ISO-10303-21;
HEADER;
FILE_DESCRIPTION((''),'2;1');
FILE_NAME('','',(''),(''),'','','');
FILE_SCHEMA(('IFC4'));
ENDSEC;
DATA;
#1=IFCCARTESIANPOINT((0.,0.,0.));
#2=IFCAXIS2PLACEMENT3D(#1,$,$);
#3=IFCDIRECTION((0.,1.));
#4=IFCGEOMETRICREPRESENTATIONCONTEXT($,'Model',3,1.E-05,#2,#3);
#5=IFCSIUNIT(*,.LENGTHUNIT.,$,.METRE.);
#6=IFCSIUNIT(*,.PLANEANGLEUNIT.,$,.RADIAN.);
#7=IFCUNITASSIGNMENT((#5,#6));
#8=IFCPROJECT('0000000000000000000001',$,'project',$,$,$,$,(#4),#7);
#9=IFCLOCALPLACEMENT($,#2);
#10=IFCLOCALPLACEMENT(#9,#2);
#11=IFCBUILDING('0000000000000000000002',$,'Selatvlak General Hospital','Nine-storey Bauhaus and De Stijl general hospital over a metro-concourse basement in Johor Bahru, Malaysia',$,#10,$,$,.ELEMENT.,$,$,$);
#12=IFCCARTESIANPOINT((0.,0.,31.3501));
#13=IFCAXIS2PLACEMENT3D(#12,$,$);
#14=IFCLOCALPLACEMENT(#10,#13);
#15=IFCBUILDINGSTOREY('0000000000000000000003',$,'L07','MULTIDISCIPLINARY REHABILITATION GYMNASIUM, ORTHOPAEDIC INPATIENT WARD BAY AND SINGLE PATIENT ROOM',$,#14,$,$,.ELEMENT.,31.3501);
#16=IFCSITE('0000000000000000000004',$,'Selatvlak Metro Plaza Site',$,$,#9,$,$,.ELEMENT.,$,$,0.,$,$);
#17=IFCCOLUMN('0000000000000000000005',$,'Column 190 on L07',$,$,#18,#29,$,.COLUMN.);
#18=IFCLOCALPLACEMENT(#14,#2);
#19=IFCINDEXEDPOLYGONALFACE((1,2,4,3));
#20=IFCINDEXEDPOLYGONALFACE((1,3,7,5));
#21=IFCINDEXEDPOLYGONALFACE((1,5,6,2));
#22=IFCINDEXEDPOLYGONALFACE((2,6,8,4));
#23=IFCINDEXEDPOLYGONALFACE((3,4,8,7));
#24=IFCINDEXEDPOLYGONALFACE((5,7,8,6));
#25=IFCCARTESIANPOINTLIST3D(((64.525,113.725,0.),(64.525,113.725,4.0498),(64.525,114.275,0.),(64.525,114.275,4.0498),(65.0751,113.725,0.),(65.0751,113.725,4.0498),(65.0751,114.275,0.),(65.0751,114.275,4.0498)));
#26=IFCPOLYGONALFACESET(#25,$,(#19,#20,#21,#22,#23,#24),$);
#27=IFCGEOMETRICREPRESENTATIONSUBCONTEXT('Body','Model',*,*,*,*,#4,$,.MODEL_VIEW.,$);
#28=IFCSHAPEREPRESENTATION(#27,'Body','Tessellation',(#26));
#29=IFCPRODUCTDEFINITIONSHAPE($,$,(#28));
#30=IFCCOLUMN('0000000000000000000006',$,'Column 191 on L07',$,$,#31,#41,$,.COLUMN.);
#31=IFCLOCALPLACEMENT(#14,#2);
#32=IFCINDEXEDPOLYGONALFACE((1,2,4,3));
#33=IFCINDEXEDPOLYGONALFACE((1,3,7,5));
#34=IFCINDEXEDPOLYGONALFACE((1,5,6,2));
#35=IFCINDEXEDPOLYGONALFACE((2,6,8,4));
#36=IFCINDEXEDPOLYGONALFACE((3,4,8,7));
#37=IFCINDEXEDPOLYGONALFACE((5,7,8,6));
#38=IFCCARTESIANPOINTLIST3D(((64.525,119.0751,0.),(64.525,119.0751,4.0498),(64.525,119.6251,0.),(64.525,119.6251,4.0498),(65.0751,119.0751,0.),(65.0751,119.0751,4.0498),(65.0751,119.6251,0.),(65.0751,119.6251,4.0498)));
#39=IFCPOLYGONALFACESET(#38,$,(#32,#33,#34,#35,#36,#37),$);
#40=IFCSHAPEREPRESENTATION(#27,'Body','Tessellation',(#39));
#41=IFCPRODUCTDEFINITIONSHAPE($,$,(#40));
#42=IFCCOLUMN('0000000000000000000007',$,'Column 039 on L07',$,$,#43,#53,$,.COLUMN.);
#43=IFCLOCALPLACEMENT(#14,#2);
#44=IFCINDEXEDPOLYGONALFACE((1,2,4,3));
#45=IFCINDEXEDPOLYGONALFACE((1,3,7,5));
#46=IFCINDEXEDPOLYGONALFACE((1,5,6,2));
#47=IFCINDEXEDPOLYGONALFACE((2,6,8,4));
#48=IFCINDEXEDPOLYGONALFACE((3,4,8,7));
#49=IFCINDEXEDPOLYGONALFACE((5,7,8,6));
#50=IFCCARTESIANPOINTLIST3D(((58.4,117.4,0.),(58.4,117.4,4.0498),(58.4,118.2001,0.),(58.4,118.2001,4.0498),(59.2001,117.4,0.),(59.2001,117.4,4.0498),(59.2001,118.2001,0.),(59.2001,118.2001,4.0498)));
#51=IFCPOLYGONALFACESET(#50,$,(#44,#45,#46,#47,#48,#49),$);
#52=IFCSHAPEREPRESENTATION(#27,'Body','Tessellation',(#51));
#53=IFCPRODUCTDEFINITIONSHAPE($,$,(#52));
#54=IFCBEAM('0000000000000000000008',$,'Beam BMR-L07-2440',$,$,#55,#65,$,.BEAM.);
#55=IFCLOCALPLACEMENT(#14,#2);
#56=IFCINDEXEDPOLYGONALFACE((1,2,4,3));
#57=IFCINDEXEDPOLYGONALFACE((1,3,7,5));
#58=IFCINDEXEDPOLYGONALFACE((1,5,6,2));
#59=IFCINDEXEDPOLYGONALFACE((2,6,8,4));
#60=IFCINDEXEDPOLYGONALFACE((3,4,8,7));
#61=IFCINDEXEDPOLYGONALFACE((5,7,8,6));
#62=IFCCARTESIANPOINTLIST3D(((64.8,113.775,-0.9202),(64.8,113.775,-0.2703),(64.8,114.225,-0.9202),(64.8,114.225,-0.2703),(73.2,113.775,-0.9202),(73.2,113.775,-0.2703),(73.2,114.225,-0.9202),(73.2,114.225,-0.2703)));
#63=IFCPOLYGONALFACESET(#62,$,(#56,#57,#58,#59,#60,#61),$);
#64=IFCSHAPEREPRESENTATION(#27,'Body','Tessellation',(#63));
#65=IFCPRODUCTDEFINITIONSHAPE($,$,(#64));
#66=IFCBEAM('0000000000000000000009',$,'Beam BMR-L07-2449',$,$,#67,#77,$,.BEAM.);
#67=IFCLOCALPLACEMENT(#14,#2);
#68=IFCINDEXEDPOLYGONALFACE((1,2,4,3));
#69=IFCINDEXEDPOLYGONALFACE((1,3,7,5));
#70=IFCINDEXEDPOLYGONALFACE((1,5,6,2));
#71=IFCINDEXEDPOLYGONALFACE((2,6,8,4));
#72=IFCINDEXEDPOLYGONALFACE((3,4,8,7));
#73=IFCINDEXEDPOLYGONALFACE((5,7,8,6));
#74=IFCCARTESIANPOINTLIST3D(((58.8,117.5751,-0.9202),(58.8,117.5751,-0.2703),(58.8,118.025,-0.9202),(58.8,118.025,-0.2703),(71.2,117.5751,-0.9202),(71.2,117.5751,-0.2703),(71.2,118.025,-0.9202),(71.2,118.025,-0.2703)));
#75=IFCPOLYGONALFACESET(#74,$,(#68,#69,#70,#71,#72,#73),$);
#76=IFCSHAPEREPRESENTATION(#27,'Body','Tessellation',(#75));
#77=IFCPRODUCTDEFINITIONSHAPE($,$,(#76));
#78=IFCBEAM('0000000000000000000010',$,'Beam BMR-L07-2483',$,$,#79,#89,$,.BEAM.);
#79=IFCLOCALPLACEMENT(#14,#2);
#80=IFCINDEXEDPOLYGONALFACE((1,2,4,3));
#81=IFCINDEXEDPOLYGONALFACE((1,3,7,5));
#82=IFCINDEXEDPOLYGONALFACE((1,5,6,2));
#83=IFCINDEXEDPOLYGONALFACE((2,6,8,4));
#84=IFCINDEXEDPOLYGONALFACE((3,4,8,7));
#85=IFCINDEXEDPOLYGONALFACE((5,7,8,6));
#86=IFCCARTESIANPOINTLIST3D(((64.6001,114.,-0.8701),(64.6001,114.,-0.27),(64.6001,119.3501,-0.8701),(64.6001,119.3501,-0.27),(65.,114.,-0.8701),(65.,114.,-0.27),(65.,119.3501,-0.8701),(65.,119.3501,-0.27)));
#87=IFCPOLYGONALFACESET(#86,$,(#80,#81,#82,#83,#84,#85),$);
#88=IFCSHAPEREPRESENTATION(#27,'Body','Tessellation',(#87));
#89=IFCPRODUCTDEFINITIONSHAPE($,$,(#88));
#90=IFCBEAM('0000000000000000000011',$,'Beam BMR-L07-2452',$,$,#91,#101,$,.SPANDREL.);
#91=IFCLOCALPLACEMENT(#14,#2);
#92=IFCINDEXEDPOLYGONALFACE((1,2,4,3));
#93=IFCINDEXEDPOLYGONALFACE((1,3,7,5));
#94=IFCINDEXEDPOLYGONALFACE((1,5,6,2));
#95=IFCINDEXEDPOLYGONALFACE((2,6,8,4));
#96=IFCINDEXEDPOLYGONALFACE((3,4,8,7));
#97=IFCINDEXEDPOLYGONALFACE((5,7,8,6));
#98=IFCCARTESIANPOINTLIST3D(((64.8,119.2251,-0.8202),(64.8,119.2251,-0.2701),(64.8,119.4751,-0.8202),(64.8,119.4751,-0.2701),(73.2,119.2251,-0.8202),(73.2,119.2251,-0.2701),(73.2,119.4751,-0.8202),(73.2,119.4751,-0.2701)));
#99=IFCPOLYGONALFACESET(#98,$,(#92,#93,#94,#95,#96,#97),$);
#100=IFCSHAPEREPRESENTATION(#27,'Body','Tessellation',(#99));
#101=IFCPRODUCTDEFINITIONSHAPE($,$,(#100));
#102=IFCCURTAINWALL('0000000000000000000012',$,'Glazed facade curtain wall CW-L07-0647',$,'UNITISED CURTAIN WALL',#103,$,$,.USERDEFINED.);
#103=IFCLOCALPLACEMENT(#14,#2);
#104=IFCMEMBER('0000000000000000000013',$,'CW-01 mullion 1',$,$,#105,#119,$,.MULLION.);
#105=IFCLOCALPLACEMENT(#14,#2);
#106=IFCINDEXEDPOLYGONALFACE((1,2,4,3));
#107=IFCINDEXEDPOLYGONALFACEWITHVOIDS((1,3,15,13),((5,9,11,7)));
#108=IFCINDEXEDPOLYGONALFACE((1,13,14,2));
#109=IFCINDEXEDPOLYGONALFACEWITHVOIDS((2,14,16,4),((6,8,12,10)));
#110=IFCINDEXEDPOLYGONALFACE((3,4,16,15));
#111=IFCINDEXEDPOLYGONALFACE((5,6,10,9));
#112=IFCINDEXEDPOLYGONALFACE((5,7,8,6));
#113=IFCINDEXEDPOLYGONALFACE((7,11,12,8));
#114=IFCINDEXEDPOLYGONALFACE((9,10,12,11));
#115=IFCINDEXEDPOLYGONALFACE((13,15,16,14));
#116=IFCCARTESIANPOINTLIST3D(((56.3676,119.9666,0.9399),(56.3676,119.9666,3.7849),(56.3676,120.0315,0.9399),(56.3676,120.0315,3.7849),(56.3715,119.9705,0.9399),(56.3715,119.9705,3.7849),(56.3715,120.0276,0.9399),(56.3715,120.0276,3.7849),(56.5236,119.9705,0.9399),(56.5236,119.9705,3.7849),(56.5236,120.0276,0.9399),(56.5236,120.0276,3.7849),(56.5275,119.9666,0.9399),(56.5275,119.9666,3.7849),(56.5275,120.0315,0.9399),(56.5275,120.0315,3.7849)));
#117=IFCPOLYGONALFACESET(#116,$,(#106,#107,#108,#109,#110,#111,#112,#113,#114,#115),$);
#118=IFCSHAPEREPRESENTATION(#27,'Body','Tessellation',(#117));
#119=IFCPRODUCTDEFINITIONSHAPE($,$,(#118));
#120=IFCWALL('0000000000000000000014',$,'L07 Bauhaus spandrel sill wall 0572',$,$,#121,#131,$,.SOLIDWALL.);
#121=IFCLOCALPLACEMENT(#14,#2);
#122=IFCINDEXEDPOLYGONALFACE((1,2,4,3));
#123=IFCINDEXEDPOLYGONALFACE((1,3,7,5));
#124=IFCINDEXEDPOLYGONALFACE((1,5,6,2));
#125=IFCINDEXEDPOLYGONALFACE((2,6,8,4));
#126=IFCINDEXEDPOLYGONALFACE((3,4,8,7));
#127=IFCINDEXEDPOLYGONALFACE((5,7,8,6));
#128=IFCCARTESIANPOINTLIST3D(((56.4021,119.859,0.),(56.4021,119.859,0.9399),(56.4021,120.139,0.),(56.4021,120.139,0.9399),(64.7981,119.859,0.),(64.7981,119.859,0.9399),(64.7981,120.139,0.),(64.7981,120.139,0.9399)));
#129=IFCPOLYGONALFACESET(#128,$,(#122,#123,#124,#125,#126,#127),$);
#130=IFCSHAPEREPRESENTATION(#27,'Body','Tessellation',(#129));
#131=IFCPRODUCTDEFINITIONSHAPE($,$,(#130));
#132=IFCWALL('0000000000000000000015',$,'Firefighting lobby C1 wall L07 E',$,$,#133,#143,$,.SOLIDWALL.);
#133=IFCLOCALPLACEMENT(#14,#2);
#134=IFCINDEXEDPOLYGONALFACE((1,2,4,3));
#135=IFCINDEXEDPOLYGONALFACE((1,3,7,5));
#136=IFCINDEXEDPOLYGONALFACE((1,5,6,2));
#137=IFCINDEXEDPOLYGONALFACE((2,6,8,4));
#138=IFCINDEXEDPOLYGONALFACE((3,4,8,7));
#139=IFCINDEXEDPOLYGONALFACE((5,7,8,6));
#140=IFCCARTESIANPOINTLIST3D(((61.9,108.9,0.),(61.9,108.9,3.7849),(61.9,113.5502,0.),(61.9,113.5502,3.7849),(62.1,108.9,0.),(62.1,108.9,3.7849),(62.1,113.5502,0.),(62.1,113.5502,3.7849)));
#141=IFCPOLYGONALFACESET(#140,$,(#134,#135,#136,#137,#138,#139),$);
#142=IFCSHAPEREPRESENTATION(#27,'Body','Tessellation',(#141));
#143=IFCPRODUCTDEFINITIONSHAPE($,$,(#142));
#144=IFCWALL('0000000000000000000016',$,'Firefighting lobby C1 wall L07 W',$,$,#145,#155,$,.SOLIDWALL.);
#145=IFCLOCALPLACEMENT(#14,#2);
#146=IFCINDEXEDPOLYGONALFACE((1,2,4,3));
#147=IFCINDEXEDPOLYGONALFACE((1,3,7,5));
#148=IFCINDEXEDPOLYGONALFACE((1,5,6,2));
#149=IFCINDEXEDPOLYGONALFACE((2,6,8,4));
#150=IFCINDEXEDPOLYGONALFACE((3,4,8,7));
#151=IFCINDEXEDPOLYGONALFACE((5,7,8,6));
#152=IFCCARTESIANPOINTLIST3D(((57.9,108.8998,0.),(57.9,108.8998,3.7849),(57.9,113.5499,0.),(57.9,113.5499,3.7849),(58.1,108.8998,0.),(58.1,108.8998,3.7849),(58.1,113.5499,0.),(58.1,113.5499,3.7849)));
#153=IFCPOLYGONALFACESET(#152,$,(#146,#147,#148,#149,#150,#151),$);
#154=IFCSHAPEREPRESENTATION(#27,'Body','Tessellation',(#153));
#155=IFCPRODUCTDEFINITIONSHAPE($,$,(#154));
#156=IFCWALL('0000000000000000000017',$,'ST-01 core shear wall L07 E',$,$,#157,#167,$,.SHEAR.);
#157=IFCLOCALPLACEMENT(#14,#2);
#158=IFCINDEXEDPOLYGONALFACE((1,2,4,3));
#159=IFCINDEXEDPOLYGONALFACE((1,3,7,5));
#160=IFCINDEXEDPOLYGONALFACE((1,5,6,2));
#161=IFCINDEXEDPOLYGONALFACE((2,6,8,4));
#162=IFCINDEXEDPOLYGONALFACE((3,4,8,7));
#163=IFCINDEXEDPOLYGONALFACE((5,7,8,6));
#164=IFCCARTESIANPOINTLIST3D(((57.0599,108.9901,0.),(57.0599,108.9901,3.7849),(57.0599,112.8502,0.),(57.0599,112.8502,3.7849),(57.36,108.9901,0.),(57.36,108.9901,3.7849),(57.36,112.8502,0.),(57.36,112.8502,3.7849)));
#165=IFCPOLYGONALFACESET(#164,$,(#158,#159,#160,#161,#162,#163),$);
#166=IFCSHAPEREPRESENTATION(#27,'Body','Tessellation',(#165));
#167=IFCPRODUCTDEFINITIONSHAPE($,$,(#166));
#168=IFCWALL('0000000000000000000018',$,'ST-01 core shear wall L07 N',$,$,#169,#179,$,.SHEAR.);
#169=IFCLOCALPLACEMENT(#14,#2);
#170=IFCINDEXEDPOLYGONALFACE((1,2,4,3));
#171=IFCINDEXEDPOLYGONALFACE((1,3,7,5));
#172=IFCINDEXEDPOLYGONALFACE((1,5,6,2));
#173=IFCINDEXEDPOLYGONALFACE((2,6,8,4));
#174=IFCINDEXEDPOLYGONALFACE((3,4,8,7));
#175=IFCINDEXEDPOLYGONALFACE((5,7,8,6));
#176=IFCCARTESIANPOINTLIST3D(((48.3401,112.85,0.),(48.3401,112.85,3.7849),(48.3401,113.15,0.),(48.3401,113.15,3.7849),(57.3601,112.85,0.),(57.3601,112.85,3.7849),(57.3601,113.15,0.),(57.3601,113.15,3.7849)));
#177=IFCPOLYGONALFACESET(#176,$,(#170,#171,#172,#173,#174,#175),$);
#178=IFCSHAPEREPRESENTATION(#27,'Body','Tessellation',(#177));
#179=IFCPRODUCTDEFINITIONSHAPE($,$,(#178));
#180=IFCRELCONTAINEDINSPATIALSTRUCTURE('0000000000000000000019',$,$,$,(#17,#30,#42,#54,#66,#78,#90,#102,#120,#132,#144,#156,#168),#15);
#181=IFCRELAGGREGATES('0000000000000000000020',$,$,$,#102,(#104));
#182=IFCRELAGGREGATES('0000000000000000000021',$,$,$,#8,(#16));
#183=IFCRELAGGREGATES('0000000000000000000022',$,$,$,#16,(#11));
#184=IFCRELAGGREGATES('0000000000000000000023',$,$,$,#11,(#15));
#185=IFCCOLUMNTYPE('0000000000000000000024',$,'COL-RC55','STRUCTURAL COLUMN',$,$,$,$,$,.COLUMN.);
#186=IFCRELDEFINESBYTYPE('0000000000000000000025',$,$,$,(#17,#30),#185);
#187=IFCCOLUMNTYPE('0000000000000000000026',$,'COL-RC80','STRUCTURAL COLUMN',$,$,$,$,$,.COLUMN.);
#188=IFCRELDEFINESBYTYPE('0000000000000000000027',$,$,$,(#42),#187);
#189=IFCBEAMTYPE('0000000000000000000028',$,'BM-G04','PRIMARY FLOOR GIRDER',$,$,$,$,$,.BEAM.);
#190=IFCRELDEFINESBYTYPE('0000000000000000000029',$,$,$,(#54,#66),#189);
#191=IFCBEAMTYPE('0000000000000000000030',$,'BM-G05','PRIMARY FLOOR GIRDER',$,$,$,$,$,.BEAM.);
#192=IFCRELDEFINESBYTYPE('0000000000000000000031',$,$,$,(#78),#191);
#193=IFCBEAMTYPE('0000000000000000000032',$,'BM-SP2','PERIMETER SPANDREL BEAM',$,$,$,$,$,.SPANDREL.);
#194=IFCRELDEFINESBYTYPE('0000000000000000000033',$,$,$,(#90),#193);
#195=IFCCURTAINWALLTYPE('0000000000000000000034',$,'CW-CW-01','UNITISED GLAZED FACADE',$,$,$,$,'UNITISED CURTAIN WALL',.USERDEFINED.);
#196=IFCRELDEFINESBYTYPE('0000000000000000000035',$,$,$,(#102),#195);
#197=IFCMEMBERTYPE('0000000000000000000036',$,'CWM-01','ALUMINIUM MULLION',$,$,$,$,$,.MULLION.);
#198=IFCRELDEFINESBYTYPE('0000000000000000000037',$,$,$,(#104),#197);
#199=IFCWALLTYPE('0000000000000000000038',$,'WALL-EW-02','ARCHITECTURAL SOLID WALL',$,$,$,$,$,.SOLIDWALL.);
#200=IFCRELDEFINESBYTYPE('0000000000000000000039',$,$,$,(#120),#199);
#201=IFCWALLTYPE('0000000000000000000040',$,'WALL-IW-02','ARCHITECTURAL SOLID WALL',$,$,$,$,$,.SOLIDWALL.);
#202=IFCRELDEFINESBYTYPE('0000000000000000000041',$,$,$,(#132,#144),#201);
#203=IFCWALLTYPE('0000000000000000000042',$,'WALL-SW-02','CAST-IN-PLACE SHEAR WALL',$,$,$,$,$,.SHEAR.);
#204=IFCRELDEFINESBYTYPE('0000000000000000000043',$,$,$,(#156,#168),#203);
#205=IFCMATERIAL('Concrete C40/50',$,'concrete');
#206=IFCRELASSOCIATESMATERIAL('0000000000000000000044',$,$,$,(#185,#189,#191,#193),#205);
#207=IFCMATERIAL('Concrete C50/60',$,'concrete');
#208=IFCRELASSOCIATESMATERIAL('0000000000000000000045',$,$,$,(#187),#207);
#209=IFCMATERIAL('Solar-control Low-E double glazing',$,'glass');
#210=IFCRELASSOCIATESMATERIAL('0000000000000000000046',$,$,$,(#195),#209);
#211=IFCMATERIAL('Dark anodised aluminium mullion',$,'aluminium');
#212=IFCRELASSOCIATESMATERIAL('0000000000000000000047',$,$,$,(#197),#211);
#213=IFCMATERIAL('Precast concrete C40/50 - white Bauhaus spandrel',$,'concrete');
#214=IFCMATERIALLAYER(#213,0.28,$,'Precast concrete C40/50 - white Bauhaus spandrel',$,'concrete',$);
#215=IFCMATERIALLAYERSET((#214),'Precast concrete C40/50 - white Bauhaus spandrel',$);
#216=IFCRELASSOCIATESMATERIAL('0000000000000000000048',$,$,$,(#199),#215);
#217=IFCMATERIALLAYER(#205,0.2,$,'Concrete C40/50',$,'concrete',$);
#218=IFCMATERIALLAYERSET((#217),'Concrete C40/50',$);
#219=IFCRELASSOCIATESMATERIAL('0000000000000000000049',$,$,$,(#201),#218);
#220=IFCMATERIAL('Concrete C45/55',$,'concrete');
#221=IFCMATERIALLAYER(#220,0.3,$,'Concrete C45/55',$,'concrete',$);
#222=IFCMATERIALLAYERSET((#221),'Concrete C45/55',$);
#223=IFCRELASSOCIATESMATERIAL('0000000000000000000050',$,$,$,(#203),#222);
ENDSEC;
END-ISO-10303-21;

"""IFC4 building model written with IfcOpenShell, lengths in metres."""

from ifc_helpers import new_model, si_unit, direction, frame, frame_2d, origin, origin_2d, place, context, subcontext, project, spatial, rectangle, hollow_rectangle, extrude, material, layer, layer_set, material_profile, profile_set, type_object, element, aggregate, save


model = new_model("IFC4")

# Units and contexts
model_context = context("Model", 3, precision=1e-05, world=origin(), true_north=direction((0.0, 1.0)))
body_context = subcontext(model_context, "Body", "Model", "MODEL_VIEW")
ifc_project = project(units=[si_unit("LENGTHUNIT", "METRE"), si_unit("PLANEANGLEUNIT", "RADIAN")], contexts=[model_context])

# Site, building, storey
site_placement = place(None, origin())
site = spatial("IfcSite", under=ifc_project, at=site_placement, Name="Selatvlak Metro Plaza Site", CompositionType="ELEMENT", RefElevation=0.0)
building_placement = place(site_placement, origin())
building = spatial("IfcBuilding", under=site, at=building_placement, Name="Selatvlak General Hospital", Description="Nine-storey Bauhaus and De Stijl general hospital over a metro-concourse basement in Johor Bahru, Malaysia", CompositionType="ELEMENT")
storey_placement = place(building_placement, frame((0.0, 0.0, 31.3501)))
storey = spatial("IfcBuildingStorey", under=building, at=storey_placement, Name="L07", Description="MULTIDISCIPLINARY REHABILITATION GYMNASIUM, ORTHOPAEDIC INPATIENT WARD BAY AND SINGLE PATIENT ROOM", CompositionType="ELEMENT", Elevation=31.3501)

# Columns
ifc_material_1 = material(Name="Concrete C40/50", Category="concrete")
ifc_material_profile_1 = material_profile(ifc_material_1, rectangle(XDim=0.55, YDim=0.55, at=origin_2d()), Name="RC-COL 550x550")
ifc_profile_set_1 = profile_set([ifc_material_profile_1], Name="Concrete C40/50")
column_type_1 = type_object("IfcColumnType", Name="COL-RC55", Description="STRUCTURAL COLUMN", PredefinedType="COLUMN", material=ifc_profile_set_1)
for number, where, z_axis, x_axis, name in (
    (1, (64.8, 114.0, 0.0), (0.0, 0.0, 1.0), (1.0, 0.0, 0.0), "Column 190 on L07"),
    (2, (64.8, 119.3501, 0.0), (0.0, 0.0, 1.0), (1.0, 0.0, 0.0), "Column 191 on L07"),
):
    element("IfcColumn", number, at=place(storey_placement, frame(where, z_axis=z_axis, x_axis=x_axis)), inside=storey, type_object=column_type_1, Name=name, PredefinedType="COLUMN", context=body_context, shape_type="SweptSolid", body=[
        extrude(rectangle(XDim=0.55, YDim=0.55, at=origin_2d()), origin(), (0.0, 0.0, 1.0), 4.0498),
    ])
ifc_material_2 = material(Name="Concrete C50/60", Category="concrete")
ifc_material_profile_2 = material_profile(ifc_material_2, rectangle(XDim=0.8, YDim=0.8, at=origin_2d()), Name="RC-COL 800x800")
ifc_profile_set_2 = profile_set([ifc_material_profile_2], Name="Concrete C50/60")
column_type_2 = type_object("IfcColumnType", Name="COL-RC80", Description="STRUCTURAL COLUMN", PredefinedType="COLUMN", material=ifc_profile_set_2)
column_placement = place(storey_placement, frame((58.8, 117.8, 0.0), z_axis=(0.0, 0.0, 1.0), x_axis=(1.0, 0.0, 0.0)))
element("IfcColumn", 3, at=column_placement, inside=storey, type_object=column_type_2, Name="Column 039 on L07", PredefinedType="COLUMN", context=body_context, shape_type="SweptSolid", body=[
    extrude(rectangle(XDim=0.8, YDim=0.8, at=origin_2d()), origin(), (0.0, 0.0, 1.0), 4.0498),
])

# Beams
ifc_material_profile_3 = material_profile(ifc_material_1, rectangle(XDim=0.45, YDim=0.6499, at=origin_2d()), Name="RC-BM 450x650")
ifc_profile_set_3 = profile_set([ifc_material_profile_3], Name="Concrete C40/50")
beam_type_1 = type_object("IfcBeamType", Name="BM-G04", Description="PRIMARY FLOOR GIRDER", PredefinedType="BEAM", material=ifc_profile_set_3)
beam_1_placement = place(storey_placement, frame((64.8, 114.0, -0.5952), z_axis=(1.0, 0.0, 0.0), x_axis=(0.0, 1.0, 0.0)))
element("IfcBeam", 4, at=beam_1_placement, inside=storey, type_object=beam_type_1, Name="Beam BMR-L07-2440", PredefinedType="BEAM", context=body_context, shape_type="SweptSolid", body=[
    extrude(rectangle(XDim=0.45, YDim=0.6499, at=origin_2d()), origin(), (0.0, 0.0, 1.0), 8.3999),
])
beam_2_placement = place(storey_placement, frame((58.8, 117.8, -0.5952), z_axis=(1.0, 0.0, 0.0), x_axis=(0.0, 1.0, 0.0)))
element("IfcBeam", 5, at=beam_2_placement, inside=storey, type_object=beam_type_1, Name="Beam BMR-L07-2449", PredefinedType="BEAM", context=body_context, shape_type="SweptSolid", body=[
    extrude(rectangle(XDim=0.45, YDim=0.6499, at=origin_2d()), origin(), (0.0, 0.0, 1.0), 12.3999),
])
ifc_material_profile_4 = material_profile(ifc_material_1, rectangle(XDim=0.3999, YDim=0.6001, at=origin_2d()), Name="RC-BM 400x600")
ifc_profile_set_4 = profile_set([ifc_material_profile_4], Name="Concrete C40/50")
beam_type_2 = type_object("IfcBeamType", Name="BM-G05", Description="PRIMARY FLOOR GIRDER", PredefinedType="BEAM", material=ifc_profile_set_4)
beam_3_placement = place(storey_placement, frame((64.8, 114.0, -0.5701), z_axis=(0.0, 1.0, 0.0), x_axis=(-1.0, 0.0, 0.0)))
element("IfcBeam", 6, at=beam_3_placement, inside=storey, type_object=beam_type_2, Name="Beam BMR-L07-2483", PredefinedType="BEAM", context=body_context, shape_type="SweptSolid", body=[
    extrude(rectangle(XDim=0.3999, YDim=0.6001, at=origin_2d()), origin(), (0.0, 0.0, 1.0), 5.3501),
])
ifc_material_profile_5 = material_profile(ifc_material_1, rectangle(XDim=0.25, YDim=0.55, at=origin_2d()), Name="RC-SP 250x550")
ifc_profile_set_5 = profile_set([ifc_material_profile_5], Name="Concrete C40/50")
beam_type_3 = type_object("IfcBeamType", Name="BM-SP2", Description="PERIMETER SPANDREL BEAM", PredefinedType="SPANDREL", material=ifc_profile_set_5)
beam_4_placement = place(storey_placement, frame((64.8, 119.3501, -0.5452), z_axis=(1.0, 0.0, 0.0), x_axis=(0.0, 1.0, 0.0)))
element("IfcBeam", 7, at=beam_4_placement, inside=storey, type_object=beam_type_3, Name="Beam BMR-L07-2452", PredefinedType="SPANDREL", context=body_context, shape_type="SweptSolid", body=[
    extrude(rectangle(XDim=0.25, YDim=0.55, at=origin_2d()), origin(), (0.0, 0.0, 1.0), 8.3999),
])

# Curtain wall, member
ifc_material_3 = material(Name="Solar-control Low-E double glazing", Category="glass")
curtain_wall_type = type_object("IfcCurtainWallType", Name="CW-CW-01", Description="UNITISED GLAZED FACADE", ElementType="UNITISED CURTAIN WALL", PredefinedType="USERDEFINED", material=ifc_material_3)
curtain_wall_placement = place(storey_placement, origin())
curtain_wall = element("IfcCurtainWall", 8, at=curtain_wall_placement, inside=storey, type_object=curtain_wall_type, Name="Glazed facade curtain wall CW-L07-0647", ObjectType="UNITISED CURTAIN WALL", PredefinedType="USERDEFINED")
ifc_material_4 = material(Name="Dark anodised aluminium mullion", Category="aluminium")
ifc_material_profile_6 = material_profile(ifc_material_4, hollow_rectangle(XDim=0.0649, YDim=0.1599, WallThickness=0.0039, at=origin_2d()), Name="AL-MUL 65x160x4")
ifc_profile_set_6 = profile_set([ifc_material_profile_6], Name="Dark anodised aluminium mullion")
member_type = type_object("IfcMemberType", Name="CWM-01", Description="ALUMINIUM MULLION", PredefinedType="MULLION", material=ifc_profile_set_6)
member_placement = place(storey_placement, frame((56.4475, 119.999, 0.9399), z_axis=(0.0, 0.0, 1.0), x_axis=(0.0, 1.0, 0.0)))
member = element("IfcMember", 9, at=member_placement, type_object=member_type, Name="CW-01 mullion 1", PredefinedType="MULLION", context=body_context, shape_type="SweptSolid", body=[
    extrude(hollow_rectangle(XDim=0.0649, YDim=0.1599, WallThickness=0.0039, at=origin_2d()), origin(), (0.0, 0.0, 1.0), 2.845),
])
aggregate(curtain_wall, [member])

# Wall
ifc_material_5 = material(Name="Precast concrete C40/50 - white Bauhaus spandrel", Category="concrete")
ifc_layer_1 = layer(ifc_material_5, 0.28, Name="Precast concrete C40/50 - white Bauhaus spandrel", Category="concrete")
ifc_layer_set_1 = layer_set([ifc_layer_1], Name="Precast concrete C40/50 - white Bauhaus spandrel")
wall_type_1 = type_object("IfcWallType", Name="WALL-EW-02", Description="ARCHITECTURAL SOLID WALL", PredefinedType="SOLIDWALL", material=ifc_layer_set_1)
wall_1_placement = place(storey_placement, frame((56.4021, 119.999, 0.0), z_axis=(0.0, 0.0, 1.0), x_axis=(1.0, 0.0, 0.0)))
element("IfcWall", 10, at=wall_1_placement, inside=storey, type_object=wall_type_1, Name="L07 Bauhaus spandrel sill wall 0572", PredefinedType="SOLIDWALL", context=body_context, shape_type="SweptSolid", body=[
    extrude(rectangle(XDim=8.396, YDim=0.28, at=frame_2d((4.198, 0.0))), origin(), (0.0, 0.0, 1.0), 0.9399),
])

# Shared definitions
ifc_layer_2 = layer(ifc_material_1, 0.2, Name="Concrete C40/50", Category="concrete")
ifc_layer_set_2 = layer_set([ifc_layer_2], Name="Concrete C40/50")
wall_type_2 = type_object("IfcWallType", Name="WALL-IW-02", Description="ARCHITECTURAL SOLID WALL", PredefinedType="SOLIDWALL", material=ifc_layer_set_2)

# Walls
for number, where, z_axis, x_axis, name in (
    (11, (62.0, 108.8999, 0.0), (0.0, 0.0, 1.0), (0.0, 1.0, 0.0), "Firefighting lobby C1 wall L07 E"),
    (12, (58.0, 113.55, 0.0), (0.0, 0.0, 1.0), (0.0, -1.0, 0.0), "Firefighting lobby C1 wall L07 W"),
):
    element("IfcWall", number, at=place(storey_placement, frame(where, z_axis=z_axis, x_axis=x_axis)), inside=storey, type_object=wall_type_2, Name=name, PredefinedType="SOLIDWALL", context=body_context, shape_type="SweptSolid", body=[
        extrude(rectangle(XDim=4.6501, YDim=0.2, at=frame_2d((2.3252, 0.0))), origin(), (0.0, 0.0, 1.0), 3.7849),
    ])

# Walls
ifc_material_6 = material(Name="Concrete C45/55", Category="concrete")
ifc_layer_3 = layer(ifc_material_6, 0.3, Name="Concrete C45/55", Category="concrete")
ifc_layer_set_3 = layer_set([ifc_layer_3], Name="Concrete C45/55")
wall_type_3 = type_object("IfcWallType", Name="WALL-SW-02", Description="CAST-IN-PLACE SHEAR WALL", PredefinedType="SHEAR", material=ifc_layer_set_3)
wall_2_placement = place(storey_placement, frame((57.21, 108.99, 0.0), z_axis=(0.0, 0.0, 1.0), x_axis=(0.0, 1.0, 0.0)))
element("IfcWall", 13, at=wall_2_placement, inside=storey, type_object=wall_type_3, Name="ST-01 core shear wall L07 E", PredefinedType="SHEAR", context=body_context, shape_type="SweptSolid", body=[
    extrude(rectangle(XDim=3.8601, YDim=0.3, at=frame_2d((1.9302, 0.0))), origin(), (0.0, 0.0, 1.0), 3.7849),
])
wall_3_placement = place(storey_placement, frame((57.3601, 113.0, 0.0), z_axis=(0.0, 0.0, 1.0), x_axis=(-1.0, 0.0, 0.0)))
element("IfcWall", 14, at=wall_3_placement, inside=storey, type_object=wall_type_3, Name="ST-01 core shear wall L07 N", PredefinedType="SHEAR", context=body_context, shape_type="SweptSolid", body=[
    extrude(rectangle(XDim=9.02, YDim=0.3, at=frame_2d((4.51, 0.0))), origin(), (0.0, 0.0, 1.0), 3.7849),
])

save(model, "model.ifc")
